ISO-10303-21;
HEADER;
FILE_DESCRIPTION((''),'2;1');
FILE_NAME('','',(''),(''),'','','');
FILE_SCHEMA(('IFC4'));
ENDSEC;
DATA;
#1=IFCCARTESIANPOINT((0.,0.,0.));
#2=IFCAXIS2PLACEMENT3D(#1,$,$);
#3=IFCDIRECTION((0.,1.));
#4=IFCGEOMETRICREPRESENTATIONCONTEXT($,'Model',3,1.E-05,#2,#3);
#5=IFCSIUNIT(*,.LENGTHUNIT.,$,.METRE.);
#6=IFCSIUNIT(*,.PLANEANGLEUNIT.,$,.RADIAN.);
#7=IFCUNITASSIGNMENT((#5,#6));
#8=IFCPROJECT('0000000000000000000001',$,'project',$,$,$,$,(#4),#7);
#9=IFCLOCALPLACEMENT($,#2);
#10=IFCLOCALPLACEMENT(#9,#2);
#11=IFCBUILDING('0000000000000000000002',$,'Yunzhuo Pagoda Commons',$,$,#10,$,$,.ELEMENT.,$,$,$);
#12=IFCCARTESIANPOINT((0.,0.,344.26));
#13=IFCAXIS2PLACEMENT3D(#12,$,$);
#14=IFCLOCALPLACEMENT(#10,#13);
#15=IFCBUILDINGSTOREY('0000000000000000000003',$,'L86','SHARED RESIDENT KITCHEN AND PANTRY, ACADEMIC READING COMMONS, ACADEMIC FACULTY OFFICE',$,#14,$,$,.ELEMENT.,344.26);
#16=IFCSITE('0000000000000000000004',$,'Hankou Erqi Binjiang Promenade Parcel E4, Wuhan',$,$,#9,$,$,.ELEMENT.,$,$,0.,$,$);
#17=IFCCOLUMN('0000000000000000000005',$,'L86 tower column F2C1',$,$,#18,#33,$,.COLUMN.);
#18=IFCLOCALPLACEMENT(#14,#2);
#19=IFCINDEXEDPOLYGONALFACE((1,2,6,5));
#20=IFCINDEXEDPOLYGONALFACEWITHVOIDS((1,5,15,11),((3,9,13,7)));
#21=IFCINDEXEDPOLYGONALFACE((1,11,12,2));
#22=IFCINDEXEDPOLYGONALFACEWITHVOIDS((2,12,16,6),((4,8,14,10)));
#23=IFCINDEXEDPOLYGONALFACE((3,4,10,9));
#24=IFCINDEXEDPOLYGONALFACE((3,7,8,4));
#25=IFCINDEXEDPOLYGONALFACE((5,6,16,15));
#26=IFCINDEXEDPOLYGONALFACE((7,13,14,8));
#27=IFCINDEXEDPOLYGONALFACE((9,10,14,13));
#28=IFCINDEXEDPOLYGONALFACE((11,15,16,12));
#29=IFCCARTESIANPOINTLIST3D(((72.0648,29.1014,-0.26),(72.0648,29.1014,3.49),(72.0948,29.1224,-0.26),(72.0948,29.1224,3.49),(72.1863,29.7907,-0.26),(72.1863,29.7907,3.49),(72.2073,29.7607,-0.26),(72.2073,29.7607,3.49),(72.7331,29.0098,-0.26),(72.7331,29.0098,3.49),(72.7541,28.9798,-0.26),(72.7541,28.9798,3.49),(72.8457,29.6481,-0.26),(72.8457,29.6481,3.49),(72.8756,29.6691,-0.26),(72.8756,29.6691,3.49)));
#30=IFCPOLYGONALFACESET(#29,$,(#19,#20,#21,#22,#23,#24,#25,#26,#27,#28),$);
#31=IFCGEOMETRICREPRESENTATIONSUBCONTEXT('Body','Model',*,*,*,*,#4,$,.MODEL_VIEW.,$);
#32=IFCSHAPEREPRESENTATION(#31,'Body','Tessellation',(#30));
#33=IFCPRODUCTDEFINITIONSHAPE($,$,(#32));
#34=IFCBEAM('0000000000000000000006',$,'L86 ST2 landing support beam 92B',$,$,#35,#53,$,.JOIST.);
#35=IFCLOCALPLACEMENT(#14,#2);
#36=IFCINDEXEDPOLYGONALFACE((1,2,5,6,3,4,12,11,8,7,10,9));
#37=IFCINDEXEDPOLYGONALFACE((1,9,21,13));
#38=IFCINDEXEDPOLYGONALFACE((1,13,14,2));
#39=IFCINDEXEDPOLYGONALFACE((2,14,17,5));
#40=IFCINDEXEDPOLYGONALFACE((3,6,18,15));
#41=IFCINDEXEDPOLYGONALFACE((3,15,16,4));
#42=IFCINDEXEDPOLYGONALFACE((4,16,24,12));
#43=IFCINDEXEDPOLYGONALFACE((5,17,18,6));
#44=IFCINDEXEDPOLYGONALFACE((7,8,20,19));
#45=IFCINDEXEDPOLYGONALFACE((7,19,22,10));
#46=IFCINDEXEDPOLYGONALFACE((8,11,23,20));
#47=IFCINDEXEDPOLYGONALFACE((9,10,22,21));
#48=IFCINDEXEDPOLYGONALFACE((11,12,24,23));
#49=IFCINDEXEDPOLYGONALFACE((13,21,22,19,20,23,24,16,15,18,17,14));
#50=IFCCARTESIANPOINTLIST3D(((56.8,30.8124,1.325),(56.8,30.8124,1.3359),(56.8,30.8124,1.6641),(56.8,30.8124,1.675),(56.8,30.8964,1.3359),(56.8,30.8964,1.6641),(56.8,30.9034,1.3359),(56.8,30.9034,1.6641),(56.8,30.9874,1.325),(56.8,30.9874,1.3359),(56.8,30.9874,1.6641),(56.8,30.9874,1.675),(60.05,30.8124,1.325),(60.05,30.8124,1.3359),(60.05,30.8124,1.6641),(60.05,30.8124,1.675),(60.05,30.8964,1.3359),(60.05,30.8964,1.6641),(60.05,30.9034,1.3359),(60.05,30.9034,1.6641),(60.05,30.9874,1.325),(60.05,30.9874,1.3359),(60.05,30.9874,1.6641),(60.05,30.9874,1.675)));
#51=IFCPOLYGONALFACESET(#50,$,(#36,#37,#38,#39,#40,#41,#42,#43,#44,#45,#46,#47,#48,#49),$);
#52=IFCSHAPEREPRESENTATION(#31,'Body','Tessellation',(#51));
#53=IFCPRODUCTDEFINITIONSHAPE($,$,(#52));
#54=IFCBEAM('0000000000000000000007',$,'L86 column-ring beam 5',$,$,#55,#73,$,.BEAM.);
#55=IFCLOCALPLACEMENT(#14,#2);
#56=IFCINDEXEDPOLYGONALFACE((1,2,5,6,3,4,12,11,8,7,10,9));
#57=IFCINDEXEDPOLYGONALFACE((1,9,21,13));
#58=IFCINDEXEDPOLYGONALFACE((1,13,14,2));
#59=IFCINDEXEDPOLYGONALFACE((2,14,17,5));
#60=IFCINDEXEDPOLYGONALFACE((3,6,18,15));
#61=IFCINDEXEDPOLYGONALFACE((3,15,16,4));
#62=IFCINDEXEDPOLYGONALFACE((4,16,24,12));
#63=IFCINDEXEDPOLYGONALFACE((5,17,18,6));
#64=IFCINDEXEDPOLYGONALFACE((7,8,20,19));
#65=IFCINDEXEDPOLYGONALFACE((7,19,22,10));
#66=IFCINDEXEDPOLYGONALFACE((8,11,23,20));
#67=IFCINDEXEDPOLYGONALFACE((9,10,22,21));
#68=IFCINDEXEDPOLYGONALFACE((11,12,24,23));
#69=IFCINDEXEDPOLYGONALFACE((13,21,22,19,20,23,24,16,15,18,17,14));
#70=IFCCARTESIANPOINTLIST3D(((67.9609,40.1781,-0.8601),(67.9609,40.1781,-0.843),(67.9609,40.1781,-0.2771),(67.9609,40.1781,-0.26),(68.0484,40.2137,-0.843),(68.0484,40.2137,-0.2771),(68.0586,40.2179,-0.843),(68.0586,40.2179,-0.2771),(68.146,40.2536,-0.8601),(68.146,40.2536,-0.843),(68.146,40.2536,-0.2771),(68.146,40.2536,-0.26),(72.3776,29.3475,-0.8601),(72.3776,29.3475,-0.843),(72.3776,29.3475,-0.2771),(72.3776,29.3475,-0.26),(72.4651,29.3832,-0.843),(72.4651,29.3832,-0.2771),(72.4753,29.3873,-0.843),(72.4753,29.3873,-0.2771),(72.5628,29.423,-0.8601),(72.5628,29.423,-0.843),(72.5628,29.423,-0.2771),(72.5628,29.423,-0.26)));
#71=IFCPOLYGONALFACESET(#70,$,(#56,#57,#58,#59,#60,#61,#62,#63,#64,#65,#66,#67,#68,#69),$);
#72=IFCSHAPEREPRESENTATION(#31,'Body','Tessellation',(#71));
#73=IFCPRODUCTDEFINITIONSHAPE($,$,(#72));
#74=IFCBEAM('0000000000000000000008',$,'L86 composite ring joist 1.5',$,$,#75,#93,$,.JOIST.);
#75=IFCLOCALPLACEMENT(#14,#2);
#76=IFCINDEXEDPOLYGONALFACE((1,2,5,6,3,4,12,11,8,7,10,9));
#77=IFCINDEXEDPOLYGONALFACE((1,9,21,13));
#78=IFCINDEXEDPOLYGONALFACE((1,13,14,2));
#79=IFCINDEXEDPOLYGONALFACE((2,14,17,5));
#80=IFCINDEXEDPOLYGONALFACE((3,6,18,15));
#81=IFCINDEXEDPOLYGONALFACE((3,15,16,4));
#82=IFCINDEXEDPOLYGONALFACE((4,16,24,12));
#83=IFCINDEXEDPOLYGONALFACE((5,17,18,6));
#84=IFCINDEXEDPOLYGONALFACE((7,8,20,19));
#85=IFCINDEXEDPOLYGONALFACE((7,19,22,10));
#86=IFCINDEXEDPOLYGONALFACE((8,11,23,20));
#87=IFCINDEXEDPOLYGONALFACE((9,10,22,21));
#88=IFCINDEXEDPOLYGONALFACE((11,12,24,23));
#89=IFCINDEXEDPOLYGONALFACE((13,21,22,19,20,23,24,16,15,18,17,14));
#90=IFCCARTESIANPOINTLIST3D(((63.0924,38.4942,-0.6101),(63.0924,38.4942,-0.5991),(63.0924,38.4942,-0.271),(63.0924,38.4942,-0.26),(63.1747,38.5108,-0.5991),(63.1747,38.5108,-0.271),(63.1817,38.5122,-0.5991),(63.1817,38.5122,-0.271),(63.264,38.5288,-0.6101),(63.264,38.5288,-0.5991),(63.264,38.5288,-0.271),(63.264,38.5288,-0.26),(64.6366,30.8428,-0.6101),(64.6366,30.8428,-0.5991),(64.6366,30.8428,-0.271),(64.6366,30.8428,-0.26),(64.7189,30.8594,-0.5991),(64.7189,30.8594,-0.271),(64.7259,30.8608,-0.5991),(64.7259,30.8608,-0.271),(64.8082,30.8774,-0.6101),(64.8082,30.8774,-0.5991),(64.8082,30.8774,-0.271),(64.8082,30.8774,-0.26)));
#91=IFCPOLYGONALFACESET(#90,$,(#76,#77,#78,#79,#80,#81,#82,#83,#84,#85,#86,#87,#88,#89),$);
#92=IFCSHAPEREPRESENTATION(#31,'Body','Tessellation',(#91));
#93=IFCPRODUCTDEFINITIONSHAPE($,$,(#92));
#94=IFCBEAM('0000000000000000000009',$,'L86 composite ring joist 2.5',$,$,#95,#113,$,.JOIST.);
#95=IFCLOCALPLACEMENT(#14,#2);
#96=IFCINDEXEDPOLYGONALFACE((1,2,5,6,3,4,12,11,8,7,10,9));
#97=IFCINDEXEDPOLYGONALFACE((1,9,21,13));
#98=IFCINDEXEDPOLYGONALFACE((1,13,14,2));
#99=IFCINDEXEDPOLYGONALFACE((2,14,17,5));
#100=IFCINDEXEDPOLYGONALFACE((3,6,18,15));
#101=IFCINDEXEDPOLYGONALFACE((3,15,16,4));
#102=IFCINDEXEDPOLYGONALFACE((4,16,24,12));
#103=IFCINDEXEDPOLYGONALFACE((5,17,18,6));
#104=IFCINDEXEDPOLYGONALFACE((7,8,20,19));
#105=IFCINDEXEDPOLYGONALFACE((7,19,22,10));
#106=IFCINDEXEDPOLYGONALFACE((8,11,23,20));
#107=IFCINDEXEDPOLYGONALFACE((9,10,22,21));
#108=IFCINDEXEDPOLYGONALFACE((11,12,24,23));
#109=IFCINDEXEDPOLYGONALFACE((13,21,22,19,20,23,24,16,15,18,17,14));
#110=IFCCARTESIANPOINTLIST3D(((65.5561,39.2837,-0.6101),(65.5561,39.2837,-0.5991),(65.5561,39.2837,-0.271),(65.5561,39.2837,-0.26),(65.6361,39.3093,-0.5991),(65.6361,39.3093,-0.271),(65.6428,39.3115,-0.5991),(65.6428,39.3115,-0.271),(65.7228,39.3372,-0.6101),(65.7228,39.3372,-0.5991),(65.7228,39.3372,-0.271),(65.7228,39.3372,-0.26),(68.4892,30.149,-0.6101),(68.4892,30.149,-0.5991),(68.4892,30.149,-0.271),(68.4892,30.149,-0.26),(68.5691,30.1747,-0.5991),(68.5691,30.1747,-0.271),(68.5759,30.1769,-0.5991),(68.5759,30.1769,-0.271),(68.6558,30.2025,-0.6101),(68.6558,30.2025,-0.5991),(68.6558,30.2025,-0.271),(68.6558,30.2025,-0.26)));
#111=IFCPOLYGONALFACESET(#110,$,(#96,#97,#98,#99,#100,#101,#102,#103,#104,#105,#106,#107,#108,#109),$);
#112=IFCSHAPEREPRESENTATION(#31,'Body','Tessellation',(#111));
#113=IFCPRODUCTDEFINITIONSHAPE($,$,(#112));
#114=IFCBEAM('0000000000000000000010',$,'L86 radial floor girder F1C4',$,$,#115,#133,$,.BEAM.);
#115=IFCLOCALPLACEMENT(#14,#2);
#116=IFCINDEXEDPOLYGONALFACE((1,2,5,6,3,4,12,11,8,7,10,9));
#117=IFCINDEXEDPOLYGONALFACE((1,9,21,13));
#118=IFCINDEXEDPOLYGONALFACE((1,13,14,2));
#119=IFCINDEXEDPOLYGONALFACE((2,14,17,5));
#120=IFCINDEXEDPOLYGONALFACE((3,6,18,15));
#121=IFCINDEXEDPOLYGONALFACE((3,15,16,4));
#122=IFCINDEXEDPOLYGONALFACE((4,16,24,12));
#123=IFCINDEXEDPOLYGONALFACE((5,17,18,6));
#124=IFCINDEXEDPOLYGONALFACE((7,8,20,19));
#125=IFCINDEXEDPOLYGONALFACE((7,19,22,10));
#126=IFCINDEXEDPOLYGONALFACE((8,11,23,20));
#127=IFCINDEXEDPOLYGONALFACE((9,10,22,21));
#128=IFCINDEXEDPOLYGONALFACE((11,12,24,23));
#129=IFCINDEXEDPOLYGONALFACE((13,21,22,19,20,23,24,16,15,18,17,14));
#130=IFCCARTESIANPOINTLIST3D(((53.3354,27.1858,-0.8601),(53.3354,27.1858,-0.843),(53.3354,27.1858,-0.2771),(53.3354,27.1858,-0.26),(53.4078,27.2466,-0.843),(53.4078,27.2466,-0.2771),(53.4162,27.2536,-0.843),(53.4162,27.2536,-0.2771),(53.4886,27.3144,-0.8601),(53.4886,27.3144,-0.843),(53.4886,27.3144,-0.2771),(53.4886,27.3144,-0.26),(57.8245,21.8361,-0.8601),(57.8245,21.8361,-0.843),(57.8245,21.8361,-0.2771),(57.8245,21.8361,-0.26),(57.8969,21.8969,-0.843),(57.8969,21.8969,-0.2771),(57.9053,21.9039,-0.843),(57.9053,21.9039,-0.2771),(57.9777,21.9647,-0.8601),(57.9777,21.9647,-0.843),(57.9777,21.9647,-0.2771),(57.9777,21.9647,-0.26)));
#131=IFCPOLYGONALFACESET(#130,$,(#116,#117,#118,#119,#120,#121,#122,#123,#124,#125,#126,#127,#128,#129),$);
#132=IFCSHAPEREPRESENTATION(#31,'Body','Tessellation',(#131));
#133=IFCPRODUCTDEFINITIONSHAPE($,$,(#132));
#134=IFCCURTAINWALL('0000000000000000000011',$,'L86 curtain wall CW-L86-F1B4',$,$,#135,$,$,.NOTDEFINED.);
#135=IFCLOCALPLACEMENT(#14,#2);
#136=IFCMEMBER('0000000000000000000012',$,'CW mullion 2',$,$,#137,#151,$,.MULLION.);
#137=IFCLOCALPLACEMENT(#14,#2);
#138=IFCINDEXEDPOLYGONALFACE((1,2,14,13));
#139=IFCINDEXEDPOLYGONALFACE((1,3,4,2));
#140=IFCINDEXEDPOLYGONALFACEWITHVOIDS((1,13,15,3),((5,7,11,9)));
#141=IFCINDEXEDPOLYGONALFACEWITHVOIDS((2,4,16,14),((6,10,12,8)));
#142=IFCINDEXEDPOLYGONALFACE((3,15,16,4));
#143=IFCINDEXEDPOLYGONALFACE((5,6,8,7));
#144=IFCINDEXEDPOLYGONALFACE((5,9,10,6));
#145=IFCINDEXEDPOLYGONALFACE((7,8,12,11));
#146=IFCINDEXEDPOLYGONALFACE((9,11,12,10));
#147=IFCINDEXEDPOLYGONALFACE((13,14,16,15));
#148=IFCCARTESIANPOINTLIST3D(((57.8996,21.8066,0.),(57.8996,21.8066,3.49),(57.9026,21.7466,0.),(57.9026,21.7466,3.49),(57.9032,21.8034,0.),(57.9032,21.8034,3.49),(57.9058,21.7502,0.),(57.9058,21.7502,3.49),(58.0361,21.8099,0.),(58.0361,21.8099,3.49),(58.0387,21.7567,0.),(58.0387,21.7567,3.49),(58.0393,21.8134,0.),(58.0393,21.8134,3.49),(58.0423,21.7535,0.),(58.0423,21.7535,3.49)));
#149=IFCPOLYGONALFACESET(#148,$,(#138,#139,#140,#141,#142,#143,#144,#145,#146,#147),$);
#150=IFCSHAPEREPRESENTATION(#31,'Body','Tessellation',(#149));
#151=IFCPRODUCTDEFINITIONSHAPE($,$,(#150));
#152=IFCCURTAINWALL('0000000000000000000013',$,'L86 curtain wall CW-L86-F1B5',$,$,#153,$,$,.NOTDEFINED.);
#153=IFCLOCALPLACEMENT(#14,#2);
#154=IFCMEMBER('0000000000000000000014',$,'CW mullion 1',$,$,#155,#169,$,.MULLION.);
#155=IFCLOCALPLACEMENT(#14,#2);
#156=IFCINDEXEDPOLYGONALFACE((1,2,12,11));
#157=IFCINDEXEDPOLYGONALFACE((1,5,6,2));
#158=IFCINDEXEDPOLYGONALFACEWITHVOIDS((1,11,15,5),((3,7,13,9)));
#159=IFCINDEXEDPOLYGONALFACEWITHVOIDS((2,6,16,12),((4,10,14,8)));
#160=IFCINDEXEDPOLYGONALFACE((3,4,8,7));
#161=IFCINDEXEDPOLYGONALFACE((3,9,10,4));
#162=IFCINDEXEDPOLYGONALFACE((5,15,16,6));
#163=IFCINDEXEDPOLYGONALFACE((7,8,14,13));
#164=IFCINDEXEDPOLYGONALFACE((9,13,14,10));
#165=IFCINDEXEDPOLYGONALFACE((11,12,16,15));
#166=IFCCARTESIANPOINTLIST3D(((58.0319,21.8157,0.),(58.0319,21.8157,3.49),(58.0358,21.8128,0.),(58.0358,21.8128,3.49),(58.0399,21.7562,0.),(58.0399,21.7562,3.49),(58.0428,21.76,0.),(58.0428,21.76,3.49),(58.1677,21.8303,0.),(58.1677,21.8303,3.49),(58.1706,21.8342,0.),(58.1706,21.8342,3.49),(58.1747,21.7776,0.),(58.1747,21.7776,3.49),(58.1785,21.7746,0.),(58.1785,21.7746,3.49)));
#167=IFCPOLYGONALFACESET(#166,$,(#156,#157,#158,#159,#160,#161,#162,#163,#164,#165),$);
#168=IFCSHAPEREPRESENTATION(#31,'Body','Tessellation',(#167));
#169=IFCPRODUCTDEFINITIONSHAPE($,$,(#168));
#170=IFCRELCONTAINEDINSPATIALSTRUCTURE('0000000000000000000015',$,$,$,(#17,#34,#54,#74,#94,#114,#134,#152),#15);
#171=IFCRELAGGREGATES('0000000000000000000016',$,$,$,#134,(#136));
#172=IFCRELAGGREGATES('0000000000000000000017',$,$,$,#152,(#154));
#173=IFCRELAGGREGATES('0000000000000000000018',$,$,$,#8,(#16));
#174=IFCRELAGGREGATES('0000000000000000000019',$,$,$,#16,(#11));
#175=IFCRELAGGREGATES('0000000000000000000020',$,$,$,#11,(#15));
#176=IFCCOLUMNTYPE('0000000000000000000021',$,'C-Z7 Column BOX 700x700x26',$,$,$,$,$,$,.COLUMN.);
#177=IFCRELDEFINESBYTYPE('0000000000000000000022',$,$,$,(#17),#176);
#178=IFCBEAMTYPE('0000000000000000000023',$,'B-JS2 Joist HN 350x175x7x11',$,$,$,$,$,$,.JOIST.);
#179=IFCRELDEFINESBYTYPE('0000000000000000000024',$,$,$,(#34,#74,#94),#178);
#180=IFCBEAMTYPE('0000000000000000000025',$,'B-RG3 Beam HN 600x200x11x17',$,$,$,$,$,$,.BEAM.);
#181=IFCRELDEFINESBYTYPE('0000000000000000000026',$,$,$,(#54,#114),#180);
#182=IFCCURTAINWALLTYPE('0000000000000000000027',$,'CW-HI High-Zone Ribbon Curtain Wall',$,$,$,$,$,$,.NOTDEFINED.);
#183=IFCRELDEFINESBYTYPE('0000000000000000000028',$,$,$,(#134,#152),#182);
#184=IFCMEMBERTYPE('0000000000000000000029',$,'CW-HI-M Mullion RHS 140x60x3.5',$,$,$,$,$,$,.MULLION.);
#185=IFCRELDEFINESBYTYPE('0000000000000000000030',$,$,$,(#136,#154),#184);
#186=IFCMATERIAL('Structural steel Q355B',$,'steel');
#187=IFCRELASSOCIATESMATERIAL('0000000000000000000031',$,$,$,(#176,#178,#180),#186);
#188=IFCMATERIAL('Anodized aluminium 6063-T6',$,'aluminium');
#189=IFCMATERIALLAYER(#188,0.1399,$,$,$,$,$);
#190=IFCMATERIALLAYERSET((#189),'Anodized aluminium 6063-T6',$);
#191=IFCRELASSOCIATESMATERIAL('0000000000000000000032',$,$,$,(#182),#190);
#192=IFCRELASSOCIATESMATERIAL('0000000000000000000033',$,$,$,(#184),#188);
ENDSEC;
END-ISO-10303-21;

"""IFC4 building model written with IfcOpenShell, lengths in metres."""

from ifc_helpers import new_model, si_unit, direction, frame, origin, origin_2d, place, context, subcontext, project, spatial, hollow_rectangle, i_section, extrude, source, transform, mapped, material, layer, layer_set, material_profile, profile_set, type_object, element, aggregate, save


model = new_model("IFC4")

# Units and contexts
model_context = context("Model", 3, precision=1e-05, world=origin(), true_north=direction((0.0, 1.0)))
body_context = subcontext(model_context, "Body", "Model", "MODEL_VIEW")
ifc_project = project(units=[si_unit("LENGTHUNIT", "METRE"), si_unit("PLANEANGLEUNIT", "RADIAN")], contexts=[model_context])

# Site, building, storey
site_placement = place(None, origin())
site = spatial("IfcSite", under=ifc_project, at=site_placement, Name="Hankou Erqi Binjiang Promenade Parcel E4, Wuhan", CompositionType="ELEMENT", RefElevation=0.0)
building_placement = place(site_placement, origin())
building = spatial("IfcBuilding", under=site, at=building_placement, Name="Yunzhuo Pagoda Commons", CompositionType="ELEMENT")
storey_placement = place(building_placement, frame((0.0, 0.0, 344.26)))
storey = spatial("IfcBuildingStorey", under=building, at=storey_placement, Name="L86", Description="SHARED RESIDENT KITCHEN AND PANTRY, ACADEMIC READING COMMONS, ACADEMIC FACULTY OFFICE", CompositionType="ELEMENT", Elevation=344.26)

# Column
ifc_material_1 = material(Name="Structural steel Q355B", Category="steel")
ifc_material_profile_1 = material_profile(ifc_material_1, hollow_rectangle(XDim=0.7, YDim=0.7, WallThickness=0.0259, at=origin_2d()), Name="Structural steel Q355B")
ifc_profile_set_1 = profile_set([ifc_material_profile_1], Name="Structural steel Q355B")
column_type = type_object("IfcColumnType", Name="C-Z7 Column BOX 700x700x26", PredefinedType="COLUMN", material=ifc_profile_set_1)
shared_shape_1 = source(origin(), body_context, "Body", "SweptSolid", [
    extrude(hollow_rectangle(XDim=0.7, YDim=0.7, WallThickness=0.0259, at=origin_2d()), origin(), (0.0, 0.0, 1.0), 3.75),
])
column_placement = place(storey_placement, frame((72.4702, 29.3853, -0.26), z_axis=(0.0, 0.0, 1.0), x_axis=(0.173648, 0.984808, 0.0)))
element("IfcColumn", 1, at=column_placement, inside=storey, type_object=column_type, Name="L86 tower column F2C1", PredefinedType="COLUMN", context=body_context, shape_type="MappedRepresentation", body=[
    mapped(shared_shape_1, transform((0.0, 0.0, 0.0), scale=1.0)),
])

# Beams
ifc_material_profile_2 = material_profile(ifc_material_1, i_section(OverallWidth=0.175, OverallDepth=0.3501, WebThickness=0.0071, FlangeThickness=0.011, at=origin_2d()), Name="Structural steel Q355B")
ifc_profile_set_2 = profile_set([ifc_material_profile_2], Name="Structural steel Q355B")
beam_type_1 = type_object("IfcBeamType", Name="B-JS2 Joist HN 350x175x7x11", PredefinedType="JOIST", material=ifc_profile_set_2)
shared_shape_2 = source(origin(), body_context, "Body", "SweptSolid", [
    extrude(i_section(OverallWidth=0.175, OverallDepth=0.3501, WebThickness=0.0071, FlangeThickness=0.011, at=origin_2d()), origin(), (0.0, 0.0, 1.0), 3.25),
])
beam_1_placement = place(storey_placement, frame((56.8, 30.8999, 1.5), z_axis=(1.0, 0.0, 0.0), x_axis=(0.0, 1.0, 0.0)))
element("IfcBeam", 2, at=beam_1_placement, inside=storey, type_object=beam_type_1, Name="L86 ST2 landing support beam 92B", PredefinedType="JOIST", context=body_context, shape_type="MappedRepresentation", body=[
    mapped(shared_shape_2, transform((0.0, 0.0, 0.0), scale=1.0)),
])
ifc_material_profile_3 = material_profile(ifc_material_1, i_section(OverallWidth=0.2, OverallDepth=0.6001, WebThickness=0.011, FlangeThickness=0.0171, at=origin_2d()), Name="Structural steel Q355B")
ifc_profile_set_3 = profile_set([ifc_material_profile_3], Name="Structural steel Q355B")
beam_type_2 = type_object("IfcBeamType", Name="B-RG3 Beam HN 600x200x11x17", PredefinedType="BEAM", material=ifc_profile_set_3)
shared_shape_3 = source(origin(), body_context, "Body", "SweptSolid", [
    extrude(i_section(OverallWidth=0.2, OverallDepth=0.6001, WebThickness=0.011, FlangeThickness=0.0171, at=origin_2d()), origin(), (0.0, 0.0, 1.0), 11.6965),
])
beam_2_placement = place(storey_placement, frame((72.4702, 29.3853, -0.5601), z_axis=(-0.377612, 0.925964, 0.0), x_axis=(-0.925964, -0.377612, 0.0)))
element("IfcBeam", 3, at=beam_2_placement, inside=storey, type_object=beam_type_2, Name="L86 column-ring beam 5", PredefinedType="BEAM", context=body_context, shape_type="MappedRepresentation", body=[
    mapped(shared_shape_3, transform((0.0, 0.0, 0.0), scale=1.0)),
])
shared_shape_4 = source(origin(), body_context, "Body", "SweptSolid", [
    extrude(i_section(OverallWidth=0.175, OverallDepth=0.3501, WebThickness=0.0071, FlangeThickness=0.011, at=origin_2d()), origin(), (0.0, 0.0, 1.0), 7.8057),
])
beam_3_placement = place(storey_placement, frame((64.7224, 30.8601, -0.4351), z_axis=(-0.19783, 0.980236, 0.0), x_axis=(-0.980236, -0.19783, 0.0)))
element("IfcBeam", 4, at=beam_3_placement, inside=storey, type_object=beam_type_1, Name="L86 composite ring joist 1.5", PredefinedType="JOIST", context=body_context, shape_type="MappedRepresentation", body=[
    mapped(shared_shape_4, transform((0.0, 0.0, 0.0), scale=1.0)),
])
shared_shape_5 = source(origin(), body_context, "Body", "SweptSolid", [
    extrude(i_section(OverallWidth=0.175, OverallDepth=0.3501, WebThickness=0.0071, FlangeThickness=0.011, at=origin_2d()), origin(), (0.0, 0.0, 1.0), 9.594),
])
beam_4_placement = place(storey_placement, frame((68.5725, 30.1758, -0.4351), z_axis=(-0.305719, 0.952122, 0.0), x_axis=(-0.952122, -0.305719, 0.0)))
element("IfcBeam", 5, at=beam_4_placement, inside=storey, type_object=beam_type_1, Name="L86 composite ring joist 2.5", PredefinedType="JOIST", context=body_context, shape_type="MappedRepresentation", body=[
    mapped(shared_shape_5, transform((0.0, 0.0, 0.0), scale=1.0)),
])
shared_shape_6 = source(origin(), body_context, "Body", "SweptSolid", [
    extrude(i_section(OverallWidth=0.2, OverallDepth=0.6001, WebThickness=0.011, FlangeThickness=0.0171, at=origin_2d()), origin(), (0.0, 0.0, 1.0), 6.9836),
])
beam_5_placement = place(storey_placement, frame((57.9011, 21.9004, -0.5601), z_axis=(-0.642801, 0.766033, 0.0), x_axis=(-0.766033, -0.642801, 0.0)))
element("IfcBeam", 6, at=beam_5_placement, inside=storey, type_object=beam_type_2, Name="L86 radial floor girder F1C4", PredefinedType="BEAM", context=body_context, shape_type="MappedRepresentation", body=[
    mapped(shared_shape_6, transform((0.0, 0.0, 0.0), scale=1.0)),
])

# Curtain wall, member
ifc_material_2 = material(Name="Anodized aluminium 6063-T6", Category="aluminium")
ifc_layer_1 = layer(ifc_material_2, 0.1399)
ifc_layer_set_1 = layer_set([ifc_layer_1], Name="Anodized aluminium 6063-T6")
curtain_wall_type_1 = type_object("IfcCurtainWallType", Name="CW-HI High-Zone Ribbon Curtain Wall", PredefinedType="NOTDEFINED", material=ifc_layer_set_1)
curtain_wall_1_placement = place(storey_placement, origin())
curtain_wall_1 = element("IfcCurtainWall", 7, at=curtain_wall_1_placement, inside=storey, type_object=curtain_wall_type_1, Name="L86 curtain wall CW-L86-F1B4", PredefinedType="NOTDEFINED")
ifc_material_profile_4 = material_profile(ifc_material_2, hollow_rectangle(XDim=0.0601, YDim=0.1399, WallThickness=0.0034, at=origin_2d()), Name="Anodized aluminium 6063-T6")
ifc_profile_set_4 = profile_set([ifc_material_profile_4], Name="Anodized aluminium 6063-T6")
member_type_1 = type_object("IfcMemberType", Name="CW-HI-M Mullion RHS 140x60x3.5", PredefinedType="MULLION", material=ifc_profile_set_4)
shared_shape_7 = source(origin(), body_context, "Body", "SweptSolid", [
    extrude(hollow_rectangle(XDim=0.0601, YDim=0.1399, WallThickness=0.0034, at=origin_2d()), origin(), (0.0, 0.0, 1.0), 3.49),
])
member_1_placement = place(storey_placement, frame((57.9709, 21.78, 0.0), z_axis=(0.0, 0.0, 1.0), x_axis=(-0.048906, 0.998803, 0.0)))
member_1 = element("IfcMember", 8, at=member_1_placement, type_object=member_type_1, Name="CW mullion 2", PredefinedType="MULLION", context=body_context, shape_type="MappedRepresentation", body=[
    mapped(shared_shape_7, transform((0.0, 0.0, 0.0), scale=1.0)),
])
aggregate(curtain_wall_1, [member_1])

# Curtain wall, member
curtain_wall_2_placement = place(storey_placement, origin())
curtain_wall_2 = element("IfcCurtainWall", 9, at=curtain_wall_2_placement, inside=storey, type_object=curtain_wall_type_1, Name="L86 curtain wall CW-L86-F1B5", PredefinedType="NOTDEFINED")
member_2_placement = place(storey_placement, frame((58.1052, 21.7952, 0.0), z_axis=(0.0, 0.0, 1.0), x_axis=(-0.132069, 0.991241, 0.0)))
member_2 = element("IfcMember", 10, at=member_2_placement, type_object=member_type_1, Name="CW mullion 1", PredefinedType="MULLION", context=body_context, shape_type="MappedRepresentation", body=[
    mapped(shared_shape_7, transform((0.0, 0.0, 0.0), scale=1.0)),
])

aggregate(curtain_wall_2, [member_2])

save(model, "model.ifc")
